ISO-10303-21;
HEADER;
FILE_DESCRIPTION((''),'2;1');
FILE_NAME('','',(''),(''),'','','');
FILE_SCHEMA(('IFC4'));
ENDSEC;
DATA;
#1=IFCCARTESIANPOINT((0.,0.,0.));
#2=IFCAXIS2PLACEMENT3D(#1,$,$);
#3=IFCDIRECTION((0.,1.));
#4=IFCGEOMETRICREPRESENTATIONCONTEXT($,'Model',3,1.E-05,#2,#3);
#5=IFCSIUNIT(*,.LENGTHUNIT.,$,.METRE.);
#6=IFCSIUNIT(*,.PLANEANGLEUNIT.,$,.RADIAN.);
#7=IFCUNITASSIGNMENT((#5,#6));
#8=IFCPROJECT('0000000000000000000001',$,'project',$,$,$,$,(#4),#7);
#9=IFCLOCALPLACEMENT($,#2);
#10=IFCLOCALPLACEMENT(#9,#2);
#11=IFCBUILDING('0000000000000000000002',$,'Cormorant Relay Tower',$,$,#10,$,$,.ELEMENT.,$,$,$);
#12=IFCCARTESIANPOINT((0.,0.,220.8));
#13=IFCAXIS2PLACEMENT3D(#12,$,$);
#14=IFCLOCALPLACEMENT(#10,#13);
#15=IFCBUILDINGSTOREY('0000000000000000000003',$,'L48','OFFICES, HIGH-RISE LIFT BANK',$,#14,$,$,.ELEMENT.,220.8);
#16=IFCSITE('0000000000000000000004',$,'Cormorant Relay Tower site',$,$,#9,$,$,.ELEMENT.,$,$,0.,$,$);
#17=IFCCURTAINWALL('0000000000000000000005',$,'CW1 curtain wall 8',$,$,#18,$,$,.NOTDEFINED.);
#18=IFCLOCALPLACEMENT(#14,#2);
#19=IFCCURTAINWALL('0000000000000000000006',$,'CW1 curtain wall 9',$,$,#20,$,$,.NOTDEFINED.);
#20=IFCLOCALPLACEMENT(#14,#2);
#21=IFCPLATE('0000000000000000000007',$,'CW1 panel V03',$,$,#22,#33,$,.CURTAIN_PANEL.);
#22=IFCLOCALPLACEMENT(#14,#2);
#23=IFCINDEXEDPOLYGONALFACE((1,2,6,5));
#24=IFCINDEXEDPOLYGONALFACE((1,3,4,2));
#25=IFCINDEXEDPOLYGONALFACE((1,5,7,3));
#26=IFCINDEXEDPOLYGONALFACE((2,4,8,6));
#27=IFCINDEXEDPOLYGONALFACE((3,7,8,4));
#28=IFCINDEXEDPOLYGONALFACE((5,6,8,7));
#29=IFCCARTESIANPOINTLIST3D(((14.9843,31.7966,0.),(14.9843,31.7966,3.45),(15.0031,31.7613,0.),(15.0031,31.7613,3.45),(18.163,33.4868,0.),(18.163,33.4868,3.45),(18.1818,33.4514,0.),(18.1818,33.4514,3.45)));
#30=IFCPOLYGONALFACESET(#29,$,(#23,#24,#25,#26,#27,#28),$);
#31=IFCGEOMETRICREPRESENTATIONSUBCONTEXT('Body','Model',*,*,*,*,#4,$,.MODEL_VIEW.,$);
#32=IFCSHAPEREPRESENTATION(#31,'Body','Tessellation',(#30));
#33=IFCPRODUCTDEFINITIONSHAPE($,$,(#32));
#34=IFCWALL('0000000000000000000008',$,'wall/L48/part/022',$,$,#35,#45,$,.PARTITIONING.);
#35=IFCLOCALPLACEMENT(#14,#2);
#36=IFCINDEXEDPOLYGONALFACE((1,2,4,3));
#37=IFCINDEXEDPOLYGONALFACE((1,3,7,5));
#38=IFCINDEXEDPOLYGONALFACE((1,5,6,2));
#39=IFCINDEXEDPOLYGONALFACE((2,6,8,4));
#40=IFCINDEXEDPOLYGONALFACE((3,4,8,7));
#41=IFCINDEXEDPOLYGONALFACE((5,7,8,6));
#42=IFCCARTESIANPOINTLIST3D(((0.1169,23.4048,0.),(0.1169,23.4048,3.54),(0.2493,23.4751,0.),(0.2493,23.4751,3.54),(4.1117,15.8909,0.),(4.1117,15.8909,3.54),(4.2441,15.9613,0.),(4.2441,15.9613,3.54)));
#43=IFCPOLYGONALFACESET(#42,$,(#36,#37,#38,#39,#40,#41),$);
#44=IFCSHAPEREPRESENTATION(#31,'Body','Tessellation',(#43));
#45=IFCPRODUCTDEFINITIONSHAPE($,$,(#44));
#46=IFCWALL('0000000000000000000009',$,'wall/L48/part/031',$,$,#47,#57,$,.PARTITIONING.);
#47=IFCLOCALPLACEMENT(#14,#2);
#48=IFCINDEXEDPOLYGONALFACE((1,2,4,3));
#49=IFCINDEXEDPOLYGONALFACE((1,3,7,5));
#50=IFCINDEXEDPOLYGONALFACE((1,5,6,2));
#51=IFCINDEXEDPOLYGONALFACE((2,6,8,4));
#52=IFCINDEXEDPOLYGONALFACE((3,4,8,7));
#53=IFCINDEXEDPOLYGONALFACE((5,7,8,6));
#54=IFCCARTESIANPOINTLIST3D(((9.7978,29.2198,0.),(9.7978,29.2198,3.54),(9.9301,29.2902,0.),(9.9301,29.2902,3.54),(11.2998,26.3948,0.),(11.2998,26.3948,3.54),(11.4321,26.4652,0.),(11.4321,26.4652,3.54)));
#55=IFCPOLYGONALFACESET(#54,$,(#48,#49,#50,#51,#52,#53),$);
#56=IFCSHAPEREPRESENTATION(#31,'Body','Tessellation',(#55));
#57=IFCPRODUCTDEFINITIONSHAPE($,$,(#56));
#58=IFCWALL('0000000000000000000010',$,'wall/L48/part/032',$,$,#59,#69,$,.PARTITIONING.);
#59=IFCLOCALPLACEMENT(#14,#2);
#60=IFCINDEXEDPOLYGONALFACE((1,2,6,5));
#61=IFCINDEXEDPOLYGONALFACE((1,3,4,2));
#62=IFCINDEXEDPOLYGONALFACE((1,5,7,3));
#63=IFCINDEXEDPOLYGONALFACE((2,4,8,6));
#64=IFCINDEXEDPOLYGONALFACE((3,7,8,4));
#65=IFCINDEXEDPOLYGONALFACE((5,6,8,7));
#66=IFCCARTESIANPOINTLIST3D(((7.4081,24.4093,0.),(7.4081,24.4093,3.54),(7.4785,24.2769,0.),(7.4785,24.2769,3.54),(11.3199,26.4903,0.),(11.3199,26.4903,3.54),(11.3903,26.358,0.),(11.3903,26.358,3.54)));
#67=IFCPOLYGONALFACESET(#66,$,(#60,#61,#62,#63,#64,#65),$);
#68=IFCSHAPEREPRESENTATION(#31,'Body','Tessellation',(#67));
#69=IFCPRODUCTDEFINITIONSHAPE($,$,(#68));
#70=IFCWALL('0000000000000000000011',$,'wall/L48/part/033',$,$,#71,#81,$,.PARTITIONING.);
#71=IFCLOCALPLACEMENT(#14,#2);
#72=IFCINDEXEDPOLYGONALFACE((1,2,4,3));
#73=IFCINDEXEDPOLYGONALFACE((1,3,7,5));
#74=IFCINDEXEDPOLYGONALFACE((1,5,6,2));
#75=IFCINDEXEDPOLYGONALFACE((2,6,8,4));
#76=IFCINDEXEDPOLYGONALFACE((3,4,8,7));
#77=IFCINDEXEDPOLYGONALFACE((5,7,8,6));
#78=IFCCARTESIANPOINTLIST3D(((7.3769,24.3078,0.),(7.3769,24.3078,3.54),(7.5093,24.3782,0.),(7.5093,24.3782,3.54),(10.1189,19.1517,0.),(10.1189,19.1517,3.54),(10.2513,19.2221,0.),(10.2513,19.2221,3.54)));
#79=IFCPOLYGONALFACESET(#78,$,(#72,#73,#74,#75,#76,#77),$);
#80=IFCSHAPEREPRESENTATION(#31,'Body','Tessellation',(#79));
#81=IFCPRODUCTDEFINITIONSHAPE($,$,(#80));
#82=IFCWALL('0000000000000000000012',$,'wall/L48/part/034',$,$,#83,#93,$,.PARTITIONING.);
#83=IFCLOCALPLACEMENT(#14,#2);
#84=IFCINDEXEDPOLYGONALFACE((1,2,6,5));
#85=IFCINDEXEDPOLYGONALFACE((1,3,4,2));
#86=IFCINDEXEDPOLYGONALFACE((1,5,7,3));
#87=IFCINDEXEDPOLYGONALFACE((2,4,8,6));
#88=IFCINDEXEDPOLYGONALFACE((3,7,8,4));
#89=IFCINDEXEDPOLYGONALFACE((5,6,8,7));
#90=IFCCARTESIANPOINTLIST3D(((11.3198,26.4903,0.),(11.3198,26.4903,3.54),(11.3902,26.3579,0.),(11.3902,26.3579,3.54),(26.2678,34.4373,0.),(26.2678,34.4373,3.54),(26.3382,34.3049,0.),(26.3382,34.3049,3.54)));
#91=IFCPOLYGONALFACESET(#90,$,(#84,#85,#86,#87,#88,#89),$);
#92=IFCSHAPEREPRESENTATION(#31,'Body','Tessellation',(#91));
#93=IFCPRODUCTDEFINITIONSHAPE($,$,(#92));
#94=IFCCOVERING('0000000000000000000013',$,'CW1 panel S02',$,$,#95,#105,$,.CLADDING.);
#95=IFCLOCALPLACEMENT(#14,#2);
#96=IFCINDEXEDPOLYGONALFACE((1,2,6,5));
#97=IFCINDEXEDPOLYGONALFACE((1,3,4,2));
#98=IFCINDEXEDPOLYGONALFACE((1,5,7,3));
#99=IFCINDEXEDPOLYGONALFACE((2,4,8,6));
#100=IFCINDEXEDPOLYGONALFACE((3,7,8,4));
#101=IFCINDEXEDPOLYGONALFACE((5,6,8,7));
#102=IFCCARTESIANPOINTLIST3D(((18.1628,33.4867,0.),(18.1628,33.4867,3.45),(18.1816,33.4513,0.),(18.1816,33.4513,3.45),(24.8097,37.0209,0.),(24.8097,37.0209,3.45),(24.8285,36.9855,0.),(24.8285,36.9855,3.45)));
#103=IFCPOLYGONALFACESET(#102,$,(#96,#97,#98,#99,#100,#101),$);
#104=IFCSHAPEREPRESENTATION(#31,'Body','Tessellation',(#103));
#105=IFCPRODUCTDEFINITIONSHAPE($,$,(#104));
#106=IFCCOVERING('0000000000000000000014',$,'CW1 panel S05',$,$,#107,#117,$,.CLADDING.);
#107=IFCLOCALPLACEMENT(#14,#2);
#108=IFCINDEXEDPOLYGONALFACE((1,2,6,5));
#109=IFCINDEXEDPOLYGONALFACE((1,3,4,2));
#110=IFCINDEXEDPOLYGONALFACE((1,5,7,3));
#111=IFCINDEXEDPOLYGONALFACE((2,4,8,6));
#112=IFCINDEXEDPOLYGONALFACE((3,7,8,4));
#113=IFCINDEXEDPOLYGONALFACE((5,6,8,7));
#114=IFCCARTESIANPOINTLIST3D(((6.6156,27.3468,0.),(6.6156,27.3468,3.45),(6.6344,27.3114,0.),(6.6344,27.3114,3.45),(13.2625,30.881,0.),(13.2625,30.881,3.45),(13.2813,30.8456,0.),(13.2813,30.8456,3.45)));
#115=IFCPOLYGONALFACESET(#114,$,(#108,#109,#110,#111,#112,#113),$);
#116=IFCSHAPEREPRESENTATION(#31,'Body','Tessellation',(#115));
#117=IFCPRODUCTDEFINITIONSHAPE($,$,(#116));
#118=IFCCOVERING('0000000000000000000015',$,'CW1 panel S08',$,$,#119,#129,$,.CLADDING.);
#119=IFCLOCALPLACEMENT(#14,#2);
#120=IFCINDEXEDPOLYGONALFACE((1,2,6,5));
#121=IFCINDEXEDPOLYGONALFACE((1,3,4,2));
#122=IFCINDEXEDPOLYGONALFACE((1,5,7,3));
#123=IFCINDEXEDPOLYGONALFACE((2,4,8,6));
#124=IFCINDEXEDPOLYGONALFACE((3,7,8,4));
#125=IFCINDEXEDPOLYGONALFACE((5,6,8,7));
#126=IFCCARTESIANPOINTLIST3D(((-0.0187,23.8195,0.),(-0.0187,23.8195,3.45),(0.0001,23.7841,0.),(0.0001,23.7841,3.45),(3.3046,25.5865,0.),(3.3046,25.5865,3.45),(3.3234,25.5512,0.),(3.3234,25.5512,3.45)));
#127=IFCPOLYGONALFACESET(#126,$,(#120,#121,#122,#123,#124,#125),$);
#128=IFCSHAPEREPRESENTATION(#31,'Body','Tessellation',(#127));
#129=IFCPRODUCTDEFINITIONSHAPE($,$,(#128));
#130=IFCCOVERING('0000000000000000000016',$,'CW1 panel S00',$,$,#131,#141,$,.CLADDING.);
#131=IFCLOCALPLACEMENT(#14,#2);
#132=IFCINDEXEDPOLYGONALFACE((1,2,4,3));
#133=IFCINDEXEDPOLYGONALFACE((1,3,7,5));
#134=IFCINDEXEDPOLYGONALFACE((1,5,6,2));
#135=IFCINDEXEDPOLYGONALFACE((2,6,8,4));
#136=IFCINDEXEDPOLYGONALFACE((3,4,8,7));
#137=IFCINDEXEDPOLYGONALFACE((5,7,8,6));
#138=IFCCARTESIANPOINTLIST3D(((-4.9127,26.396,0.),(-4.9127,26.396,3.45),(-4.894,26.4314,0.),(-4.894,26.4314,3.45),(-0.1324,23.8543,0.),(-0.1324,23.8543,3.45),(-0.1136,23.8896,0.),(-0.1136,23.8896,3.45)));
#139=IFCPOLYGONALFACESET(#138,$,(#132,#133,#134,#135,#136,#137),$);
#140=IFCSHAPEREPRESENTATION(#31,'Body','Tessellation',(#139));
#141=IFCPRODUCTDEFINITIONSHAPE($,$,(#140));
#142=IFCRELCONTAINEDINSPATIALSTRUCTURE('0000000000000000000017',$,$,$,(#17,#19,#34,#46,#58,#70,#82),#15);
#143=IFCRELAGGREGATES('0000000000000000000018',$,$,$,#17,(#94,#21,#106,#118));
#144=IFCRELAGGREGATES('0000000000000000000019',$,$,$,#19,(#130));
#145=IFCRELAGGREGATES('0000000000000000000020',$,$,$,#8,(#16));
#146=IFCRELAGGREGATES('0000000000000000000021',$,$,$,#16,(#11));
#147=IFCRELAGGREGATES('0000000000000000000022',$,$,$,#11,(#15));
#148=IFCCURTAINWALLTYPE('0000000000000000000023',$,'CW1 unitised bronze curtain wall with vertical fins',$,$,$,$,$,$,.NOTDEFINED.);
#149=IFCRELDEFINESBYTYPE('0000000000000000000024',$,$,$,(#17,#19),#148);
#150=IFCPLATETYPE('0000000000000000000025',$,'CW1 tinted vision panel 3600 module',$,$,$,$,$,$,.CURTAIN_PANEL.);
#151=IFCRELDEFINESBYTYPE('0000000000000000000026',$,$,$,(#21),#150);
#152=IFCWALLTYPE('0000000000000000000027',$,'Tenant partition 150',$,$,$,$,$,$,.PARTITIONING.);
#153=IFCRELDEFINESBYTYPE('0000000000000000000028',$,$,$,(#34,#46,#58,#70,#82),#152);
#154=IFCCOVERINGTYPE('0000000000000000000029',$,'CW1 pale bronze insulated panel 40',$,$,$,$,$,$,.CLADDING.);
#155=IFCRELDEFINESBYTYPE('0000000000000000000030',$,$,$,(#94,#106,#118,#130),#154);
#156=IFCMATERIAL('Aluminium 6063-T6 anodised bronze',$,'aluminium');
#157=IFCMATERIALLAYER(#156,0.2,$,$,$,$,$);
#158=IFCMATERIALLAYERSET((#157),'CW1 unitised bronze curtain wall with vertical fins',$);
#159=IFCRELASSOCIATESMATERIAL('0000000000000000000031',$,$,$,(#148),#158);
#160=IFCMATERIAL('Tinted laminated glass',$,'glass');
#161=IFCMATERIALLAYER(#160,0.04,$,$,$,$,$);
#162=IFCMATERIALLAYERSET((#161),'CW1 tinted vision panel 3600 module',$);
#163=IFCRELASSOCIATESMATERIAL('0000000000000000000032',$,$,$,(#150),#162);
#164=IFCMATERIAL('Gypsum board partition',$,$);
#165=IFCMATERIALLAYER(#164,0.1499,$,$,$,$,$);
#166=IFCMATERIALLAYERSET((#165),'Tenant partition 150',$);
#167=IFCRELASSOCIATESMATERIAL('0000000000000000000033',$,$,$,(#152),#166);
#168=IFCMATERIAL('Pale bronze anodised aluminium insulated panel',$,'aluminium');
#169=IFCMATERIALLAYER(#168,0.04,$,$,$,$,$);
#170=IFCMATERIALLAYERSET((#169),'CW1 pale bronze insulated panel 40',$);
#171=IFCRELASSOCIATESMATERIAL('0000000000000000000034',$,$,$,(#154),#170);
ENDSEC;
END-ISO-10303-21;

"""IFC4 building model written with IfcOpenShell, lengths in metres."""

from ifc_helpers import new_model, si_unit, direction, frame, frame_2d, origin, origin_2d, place, context, subcontext, project, spatial, rectangle, extrude, material, layer, layer_set, type_object, element, aggregate, save


model = new_model("IFC4")

# Units and contexts
model_context = context("Model", 3, precision=1e-05, world=origin(), true_north=direction((0.0, 1.0)))
body_context = subcontext(model_context, "Body", "Model", "MODEL_VIEW")
ifc_project = project(units=[si_unit("LENGTHUNIT", "METRE"), si_unit("PLANEANGLEUNIT", "RADIAN")], contexts=[model_context])

# Site, building, storey
site_placement = place(None, origin())
site = spatial("IfcSite", under=ifc_project, at=site_placement, Name="Cormorant Relay Tower site", CompositionType="ELEMENT", RefElevation=0.0)
building_placement = place(site_placement, origin())
building = spatial("IfcBuilding", under=site, at=building_placement, Name="Cormorant Relay Tower", CompositionType="ELEMENT")
storey_placement = place(building_placement, frame((0.0, 0.0, 220.8)))
storey = spatial("IfcBuildingStorey", under=building, at=storey_placement, Name="L48", Description="OFFICES, HIGH-RISE LIFT BANK", CompositionType="ELEMENT", Elevation=220.8)

# Curtain walls
ifc_material_1 = material(Name="Aluminium 6063-T6 anodised bronze", Category="aluminium")
ifc_layer_1 = layer(ifc_material_1, 0.2)
ifc_layer_set_1 = layer_set([ifc_layer_1], Name="CW1 unitised bronze curtain wall with vertical fins")
curtain_wall_type = type_object("IfcCurtainWallType", Name="CW1 unitised bronze curtain wall with vertical fins", PredefinedType="NOTDEFINED", material=ifc_layer_set_1)
curtain_wall_1_placement = place(storey_placement, origin())
curtain_wall_1 = element("IfcCurtainWall", 1, at=curtain_wall_1_placement, inside=storey, type_object=curtain_wall_type, Name="CW1 curtain wall 8", PredefinedType="NOTDEFINED")
curtain_wall_2_placement = place(storey_placement, origin())
curtain_wall_2 = element("IfcCurtainWall", 2, at=curtain_wall_2_placement, inside=storey, type_object=curtain_wall_type, Name="CW1 curtain wall 9", PredefinedType="NOTDEFINED")

# Plate
ifc_material_2 = material(Name="Tinted laminated glass", Category="glass")
ifc_layer_2 = layer(ifc_material_2, 0.04)
ifc_layer_set_2 = layer_set([ifc_layer_2], Name="CW1 tinted vision panel 3600 module")
plate_type_1 = type_object("IfcPlateType", Name="CW1 tinted vision panel 3600 module", PredefinedType="CURTAIN_PANEL", material=ifc_layer_set_2)
plate_1_placement = place(storey_placement, frame((16.583, 32.624, 0.0), z_axis=(0.0, 0.0, 1.0), x_axis=(-0.882948, -0.469472, 0.0)))
plate_1 = element("IfcPlate", 3, at=plate_1_placement, type_object=plate_type_1, Name="CW1 panel V03", PredefinedType="CURTAIN_PANEL", context=body_context, shape_type="SweptSolid", body=[
    extrude(rectangle(XDim=3.6001, YDim=0.04, at=origin_2d()), origin(), (0.0, 0.0, 1.0), 3.45),
])

# Walls
ifc_material_3 = material(Name="Gypsum board partition")
ifc_layer_3 = layer(ifc_material_3, 0.1499)
ifc_layer_set_3 = layer_set([ifc_layer_3], Name="Tenant partition 150")
wall_type = type_object("IfcWallType", Name="Tenant partition 150", PredefinedType="PARTITIONING", material=ifc_layer_set_3)
wall_1_placement = place(storey_placement, frame((0.1831, 23.4399, 0.0), z_axis=(0.0, 0.0, 1.0), x_axis=(0.46944, -0.882964, 0.0)))
element("IfcWall", 4, at=wall_1_placement, inside=storey, type_object=wall_type, Name="wall/L48/part/022", PredefinedType="PARTITIONING", context=body_context, shape_type="SweptSolid", body=[
    extrude(rectangle(XDim=8.5098, YDim=0.1499, at=frame_2d((4.2549, 0.0))), origin(), (0.0, 0.0, 1.0), 3.54),
])
wall_2_placement = place(storey_placement, frame((9.864, 29.2549, 0.0), z_axis=(0.0, 0.0, 1.0), x_axis=(0.469447, -0.882961, 0.0)))
element("IfcWall", 5, at=wall_2_placement, inside=storey, type_object=wall_type, Name="wall/L48/part/031", PredefinedType="PARTITIONING", context=body_context, shape_type="SweptSolid", body=[
    extrude(rectangle(XDim=3.1995, YDim=0.1499, at=frame_2d((1.5996, 0.0))), origin(), (0.0, 0.0, 1.0), 3.54),
])
wall_3_placement = place(storey_placement, frame((11.355, 26.4241, 0.0), z_axis=(0.0, 0.0, 1.0), x_axis=(-0.882847, -0.469661, 0.0)))
element("IfcWall", 6, at=wall_3_placement, inside=storey, type_object=wall_type, Name="wall/L48/part/032", PredefinedType="PARTITIONING", context=body_context, shape_type="SweptSolid", body=[
    extrude(rectangle(XDim=4.4309, YDim=0.1499, at=frame_2d((2.2153, 0.0))), origin(), (0.0, 0.0, 1.0), 3.54),
])
wall_4_placement = place(storey_placement, frame((7.4431, 24.343, 0.0), z_axis=(0.0, 0.0, 1.0), x_axis=(0.469531, -0.882916, 0.0)))
element("IfcWall", 7, at=wall_4_placement, inside=storey, type_object=wall_type, Name="wall/L48/part/033", PredefinedType="PARTITIONING", context=body_context, shape_type="SweptSolid", body=[
    extrude(rectangle(XDim=5.8398, YDim=0.1499, at=frame_2d((2.9199, 0.0))), origin(), (0.0, 0.0, 1.0), 3.54),
])
wall_5_placement = place(storey_placement, frame((11.355, 26.4241, 0.0), z_axis=(0.0, 0.0, 1.0), x_axis=(0.882971, 0.469427, 0.0)))
element("IfcWall", 8, at=wall_5_placement, inside=storey, type_object=wall_type, Name="wall/L48/part/034", PredefinedType="PARTITIONING", context=body_context, shape_type="SweptSolid", body=[
    extrude(rectangle(XDim=16.9292, YDim=0.1499, at=frame_2d((8.4646, 0.0))), origin(), (0.0, 0.0, 1.0), 3.54),
])

# Coverings
ifc_material_4 = material(Name="Pale bronze anodised aluminium insulated panel", Category="aluminium")
ifc_layer_4 = layer(ifc_material_4, 0.04)
ifc_layer_set_4 = layer_set([ifc_layer_4], Name="CW1 pale bronze insulated panel 40")
covering_type = type_object("IfcCoveringType", Name="CW1 pale bronze insulated panel 40", PredefinedType="CLADDING", material=ifc_layer_set_4)
covering_1_placement = place(storey_placement, frame((21.4956, 35.2361, 0.0), z_axis=(0.0, 0.0, 1.0), x_axis=(-0.882948, -0.469472, 0.0)))
covering_1 = element("IfcCovering", 9, at=covering_1_placement, type_object=covering_type, Name="CW1 panel S02", PredefinedType="CLADDING", context=body_context, shape_type="SweptSolid", body=[
    extrude(rectangle(XDim=7.5281, YDim=0.04, at=origin_2d()), origin(), (0.0, 0.0, 1.0), 3.45),
])
covering_2_placement = place(storey_placement, frame((9.9485, 29.0962, 0.0), z_axis=(0.0, 0.0, 1.0), x_axis=(-0.882948, -0.469472, 0.0)))
covering_2 = element("IfcCovering", 10, at=covering_2_placement, type_object=covering_type, Name="CW1 panel S05", PredefinedType="CLADDING", context=body_context, shape_type="SweptSolid", body=[
    extrude(rectangle(XDim=7.5281, YDim=0.04, at=origin_2d()), origin(), (0.0, 0.0, 1.0), 3.45),
])
covering_3_placement = place(storey_placement, frame((1.6523, 24.6853, 0.0), z_axis=(0.0, 0.0, 1.0), x_axis=(-0.882948, -0.469472, 0.0)))
covering_3 = element("IfcCovering", 11, at=covering_3_placement, type_object=covering_type, Name="CW1 panel S08", PredefinedType="CLADDING", context=body_context, shape_type="SweptSolid", body=[
    extrude(rectangle(XDim=3.7639, YDim=0.04, at=origin_2d()), origin(), (0.0, 0.0, 1.0), 3.45),
])
aggregate(curtain_wall_1, [covering_1, plate_1, covering_2, covering_3])
covering_4_placement = place(storey_placement, frame((-2.5132, 25.1428, 0.0), z_axis=(0.0, 0.0, 1.0), x_axis=(-0.882948, 0.469472, 0.0)))
covering_4 = element("IfcCovering", 12, at=covering_4_placement, type_object=covering_type, Name="CW1 panel S00", PredefinedType="CLADDING", context=body_context, shape_type="SweptSolid", body=[
    extrude(rectangle(XDim=5.4141, YDim=0.04, at=origin_2d()), origin(), (0.0, 0.0, 1.0), 3.45),
])
aggregate(curtain_wall_2, [covering_4])

save(model, "model.ifc")
